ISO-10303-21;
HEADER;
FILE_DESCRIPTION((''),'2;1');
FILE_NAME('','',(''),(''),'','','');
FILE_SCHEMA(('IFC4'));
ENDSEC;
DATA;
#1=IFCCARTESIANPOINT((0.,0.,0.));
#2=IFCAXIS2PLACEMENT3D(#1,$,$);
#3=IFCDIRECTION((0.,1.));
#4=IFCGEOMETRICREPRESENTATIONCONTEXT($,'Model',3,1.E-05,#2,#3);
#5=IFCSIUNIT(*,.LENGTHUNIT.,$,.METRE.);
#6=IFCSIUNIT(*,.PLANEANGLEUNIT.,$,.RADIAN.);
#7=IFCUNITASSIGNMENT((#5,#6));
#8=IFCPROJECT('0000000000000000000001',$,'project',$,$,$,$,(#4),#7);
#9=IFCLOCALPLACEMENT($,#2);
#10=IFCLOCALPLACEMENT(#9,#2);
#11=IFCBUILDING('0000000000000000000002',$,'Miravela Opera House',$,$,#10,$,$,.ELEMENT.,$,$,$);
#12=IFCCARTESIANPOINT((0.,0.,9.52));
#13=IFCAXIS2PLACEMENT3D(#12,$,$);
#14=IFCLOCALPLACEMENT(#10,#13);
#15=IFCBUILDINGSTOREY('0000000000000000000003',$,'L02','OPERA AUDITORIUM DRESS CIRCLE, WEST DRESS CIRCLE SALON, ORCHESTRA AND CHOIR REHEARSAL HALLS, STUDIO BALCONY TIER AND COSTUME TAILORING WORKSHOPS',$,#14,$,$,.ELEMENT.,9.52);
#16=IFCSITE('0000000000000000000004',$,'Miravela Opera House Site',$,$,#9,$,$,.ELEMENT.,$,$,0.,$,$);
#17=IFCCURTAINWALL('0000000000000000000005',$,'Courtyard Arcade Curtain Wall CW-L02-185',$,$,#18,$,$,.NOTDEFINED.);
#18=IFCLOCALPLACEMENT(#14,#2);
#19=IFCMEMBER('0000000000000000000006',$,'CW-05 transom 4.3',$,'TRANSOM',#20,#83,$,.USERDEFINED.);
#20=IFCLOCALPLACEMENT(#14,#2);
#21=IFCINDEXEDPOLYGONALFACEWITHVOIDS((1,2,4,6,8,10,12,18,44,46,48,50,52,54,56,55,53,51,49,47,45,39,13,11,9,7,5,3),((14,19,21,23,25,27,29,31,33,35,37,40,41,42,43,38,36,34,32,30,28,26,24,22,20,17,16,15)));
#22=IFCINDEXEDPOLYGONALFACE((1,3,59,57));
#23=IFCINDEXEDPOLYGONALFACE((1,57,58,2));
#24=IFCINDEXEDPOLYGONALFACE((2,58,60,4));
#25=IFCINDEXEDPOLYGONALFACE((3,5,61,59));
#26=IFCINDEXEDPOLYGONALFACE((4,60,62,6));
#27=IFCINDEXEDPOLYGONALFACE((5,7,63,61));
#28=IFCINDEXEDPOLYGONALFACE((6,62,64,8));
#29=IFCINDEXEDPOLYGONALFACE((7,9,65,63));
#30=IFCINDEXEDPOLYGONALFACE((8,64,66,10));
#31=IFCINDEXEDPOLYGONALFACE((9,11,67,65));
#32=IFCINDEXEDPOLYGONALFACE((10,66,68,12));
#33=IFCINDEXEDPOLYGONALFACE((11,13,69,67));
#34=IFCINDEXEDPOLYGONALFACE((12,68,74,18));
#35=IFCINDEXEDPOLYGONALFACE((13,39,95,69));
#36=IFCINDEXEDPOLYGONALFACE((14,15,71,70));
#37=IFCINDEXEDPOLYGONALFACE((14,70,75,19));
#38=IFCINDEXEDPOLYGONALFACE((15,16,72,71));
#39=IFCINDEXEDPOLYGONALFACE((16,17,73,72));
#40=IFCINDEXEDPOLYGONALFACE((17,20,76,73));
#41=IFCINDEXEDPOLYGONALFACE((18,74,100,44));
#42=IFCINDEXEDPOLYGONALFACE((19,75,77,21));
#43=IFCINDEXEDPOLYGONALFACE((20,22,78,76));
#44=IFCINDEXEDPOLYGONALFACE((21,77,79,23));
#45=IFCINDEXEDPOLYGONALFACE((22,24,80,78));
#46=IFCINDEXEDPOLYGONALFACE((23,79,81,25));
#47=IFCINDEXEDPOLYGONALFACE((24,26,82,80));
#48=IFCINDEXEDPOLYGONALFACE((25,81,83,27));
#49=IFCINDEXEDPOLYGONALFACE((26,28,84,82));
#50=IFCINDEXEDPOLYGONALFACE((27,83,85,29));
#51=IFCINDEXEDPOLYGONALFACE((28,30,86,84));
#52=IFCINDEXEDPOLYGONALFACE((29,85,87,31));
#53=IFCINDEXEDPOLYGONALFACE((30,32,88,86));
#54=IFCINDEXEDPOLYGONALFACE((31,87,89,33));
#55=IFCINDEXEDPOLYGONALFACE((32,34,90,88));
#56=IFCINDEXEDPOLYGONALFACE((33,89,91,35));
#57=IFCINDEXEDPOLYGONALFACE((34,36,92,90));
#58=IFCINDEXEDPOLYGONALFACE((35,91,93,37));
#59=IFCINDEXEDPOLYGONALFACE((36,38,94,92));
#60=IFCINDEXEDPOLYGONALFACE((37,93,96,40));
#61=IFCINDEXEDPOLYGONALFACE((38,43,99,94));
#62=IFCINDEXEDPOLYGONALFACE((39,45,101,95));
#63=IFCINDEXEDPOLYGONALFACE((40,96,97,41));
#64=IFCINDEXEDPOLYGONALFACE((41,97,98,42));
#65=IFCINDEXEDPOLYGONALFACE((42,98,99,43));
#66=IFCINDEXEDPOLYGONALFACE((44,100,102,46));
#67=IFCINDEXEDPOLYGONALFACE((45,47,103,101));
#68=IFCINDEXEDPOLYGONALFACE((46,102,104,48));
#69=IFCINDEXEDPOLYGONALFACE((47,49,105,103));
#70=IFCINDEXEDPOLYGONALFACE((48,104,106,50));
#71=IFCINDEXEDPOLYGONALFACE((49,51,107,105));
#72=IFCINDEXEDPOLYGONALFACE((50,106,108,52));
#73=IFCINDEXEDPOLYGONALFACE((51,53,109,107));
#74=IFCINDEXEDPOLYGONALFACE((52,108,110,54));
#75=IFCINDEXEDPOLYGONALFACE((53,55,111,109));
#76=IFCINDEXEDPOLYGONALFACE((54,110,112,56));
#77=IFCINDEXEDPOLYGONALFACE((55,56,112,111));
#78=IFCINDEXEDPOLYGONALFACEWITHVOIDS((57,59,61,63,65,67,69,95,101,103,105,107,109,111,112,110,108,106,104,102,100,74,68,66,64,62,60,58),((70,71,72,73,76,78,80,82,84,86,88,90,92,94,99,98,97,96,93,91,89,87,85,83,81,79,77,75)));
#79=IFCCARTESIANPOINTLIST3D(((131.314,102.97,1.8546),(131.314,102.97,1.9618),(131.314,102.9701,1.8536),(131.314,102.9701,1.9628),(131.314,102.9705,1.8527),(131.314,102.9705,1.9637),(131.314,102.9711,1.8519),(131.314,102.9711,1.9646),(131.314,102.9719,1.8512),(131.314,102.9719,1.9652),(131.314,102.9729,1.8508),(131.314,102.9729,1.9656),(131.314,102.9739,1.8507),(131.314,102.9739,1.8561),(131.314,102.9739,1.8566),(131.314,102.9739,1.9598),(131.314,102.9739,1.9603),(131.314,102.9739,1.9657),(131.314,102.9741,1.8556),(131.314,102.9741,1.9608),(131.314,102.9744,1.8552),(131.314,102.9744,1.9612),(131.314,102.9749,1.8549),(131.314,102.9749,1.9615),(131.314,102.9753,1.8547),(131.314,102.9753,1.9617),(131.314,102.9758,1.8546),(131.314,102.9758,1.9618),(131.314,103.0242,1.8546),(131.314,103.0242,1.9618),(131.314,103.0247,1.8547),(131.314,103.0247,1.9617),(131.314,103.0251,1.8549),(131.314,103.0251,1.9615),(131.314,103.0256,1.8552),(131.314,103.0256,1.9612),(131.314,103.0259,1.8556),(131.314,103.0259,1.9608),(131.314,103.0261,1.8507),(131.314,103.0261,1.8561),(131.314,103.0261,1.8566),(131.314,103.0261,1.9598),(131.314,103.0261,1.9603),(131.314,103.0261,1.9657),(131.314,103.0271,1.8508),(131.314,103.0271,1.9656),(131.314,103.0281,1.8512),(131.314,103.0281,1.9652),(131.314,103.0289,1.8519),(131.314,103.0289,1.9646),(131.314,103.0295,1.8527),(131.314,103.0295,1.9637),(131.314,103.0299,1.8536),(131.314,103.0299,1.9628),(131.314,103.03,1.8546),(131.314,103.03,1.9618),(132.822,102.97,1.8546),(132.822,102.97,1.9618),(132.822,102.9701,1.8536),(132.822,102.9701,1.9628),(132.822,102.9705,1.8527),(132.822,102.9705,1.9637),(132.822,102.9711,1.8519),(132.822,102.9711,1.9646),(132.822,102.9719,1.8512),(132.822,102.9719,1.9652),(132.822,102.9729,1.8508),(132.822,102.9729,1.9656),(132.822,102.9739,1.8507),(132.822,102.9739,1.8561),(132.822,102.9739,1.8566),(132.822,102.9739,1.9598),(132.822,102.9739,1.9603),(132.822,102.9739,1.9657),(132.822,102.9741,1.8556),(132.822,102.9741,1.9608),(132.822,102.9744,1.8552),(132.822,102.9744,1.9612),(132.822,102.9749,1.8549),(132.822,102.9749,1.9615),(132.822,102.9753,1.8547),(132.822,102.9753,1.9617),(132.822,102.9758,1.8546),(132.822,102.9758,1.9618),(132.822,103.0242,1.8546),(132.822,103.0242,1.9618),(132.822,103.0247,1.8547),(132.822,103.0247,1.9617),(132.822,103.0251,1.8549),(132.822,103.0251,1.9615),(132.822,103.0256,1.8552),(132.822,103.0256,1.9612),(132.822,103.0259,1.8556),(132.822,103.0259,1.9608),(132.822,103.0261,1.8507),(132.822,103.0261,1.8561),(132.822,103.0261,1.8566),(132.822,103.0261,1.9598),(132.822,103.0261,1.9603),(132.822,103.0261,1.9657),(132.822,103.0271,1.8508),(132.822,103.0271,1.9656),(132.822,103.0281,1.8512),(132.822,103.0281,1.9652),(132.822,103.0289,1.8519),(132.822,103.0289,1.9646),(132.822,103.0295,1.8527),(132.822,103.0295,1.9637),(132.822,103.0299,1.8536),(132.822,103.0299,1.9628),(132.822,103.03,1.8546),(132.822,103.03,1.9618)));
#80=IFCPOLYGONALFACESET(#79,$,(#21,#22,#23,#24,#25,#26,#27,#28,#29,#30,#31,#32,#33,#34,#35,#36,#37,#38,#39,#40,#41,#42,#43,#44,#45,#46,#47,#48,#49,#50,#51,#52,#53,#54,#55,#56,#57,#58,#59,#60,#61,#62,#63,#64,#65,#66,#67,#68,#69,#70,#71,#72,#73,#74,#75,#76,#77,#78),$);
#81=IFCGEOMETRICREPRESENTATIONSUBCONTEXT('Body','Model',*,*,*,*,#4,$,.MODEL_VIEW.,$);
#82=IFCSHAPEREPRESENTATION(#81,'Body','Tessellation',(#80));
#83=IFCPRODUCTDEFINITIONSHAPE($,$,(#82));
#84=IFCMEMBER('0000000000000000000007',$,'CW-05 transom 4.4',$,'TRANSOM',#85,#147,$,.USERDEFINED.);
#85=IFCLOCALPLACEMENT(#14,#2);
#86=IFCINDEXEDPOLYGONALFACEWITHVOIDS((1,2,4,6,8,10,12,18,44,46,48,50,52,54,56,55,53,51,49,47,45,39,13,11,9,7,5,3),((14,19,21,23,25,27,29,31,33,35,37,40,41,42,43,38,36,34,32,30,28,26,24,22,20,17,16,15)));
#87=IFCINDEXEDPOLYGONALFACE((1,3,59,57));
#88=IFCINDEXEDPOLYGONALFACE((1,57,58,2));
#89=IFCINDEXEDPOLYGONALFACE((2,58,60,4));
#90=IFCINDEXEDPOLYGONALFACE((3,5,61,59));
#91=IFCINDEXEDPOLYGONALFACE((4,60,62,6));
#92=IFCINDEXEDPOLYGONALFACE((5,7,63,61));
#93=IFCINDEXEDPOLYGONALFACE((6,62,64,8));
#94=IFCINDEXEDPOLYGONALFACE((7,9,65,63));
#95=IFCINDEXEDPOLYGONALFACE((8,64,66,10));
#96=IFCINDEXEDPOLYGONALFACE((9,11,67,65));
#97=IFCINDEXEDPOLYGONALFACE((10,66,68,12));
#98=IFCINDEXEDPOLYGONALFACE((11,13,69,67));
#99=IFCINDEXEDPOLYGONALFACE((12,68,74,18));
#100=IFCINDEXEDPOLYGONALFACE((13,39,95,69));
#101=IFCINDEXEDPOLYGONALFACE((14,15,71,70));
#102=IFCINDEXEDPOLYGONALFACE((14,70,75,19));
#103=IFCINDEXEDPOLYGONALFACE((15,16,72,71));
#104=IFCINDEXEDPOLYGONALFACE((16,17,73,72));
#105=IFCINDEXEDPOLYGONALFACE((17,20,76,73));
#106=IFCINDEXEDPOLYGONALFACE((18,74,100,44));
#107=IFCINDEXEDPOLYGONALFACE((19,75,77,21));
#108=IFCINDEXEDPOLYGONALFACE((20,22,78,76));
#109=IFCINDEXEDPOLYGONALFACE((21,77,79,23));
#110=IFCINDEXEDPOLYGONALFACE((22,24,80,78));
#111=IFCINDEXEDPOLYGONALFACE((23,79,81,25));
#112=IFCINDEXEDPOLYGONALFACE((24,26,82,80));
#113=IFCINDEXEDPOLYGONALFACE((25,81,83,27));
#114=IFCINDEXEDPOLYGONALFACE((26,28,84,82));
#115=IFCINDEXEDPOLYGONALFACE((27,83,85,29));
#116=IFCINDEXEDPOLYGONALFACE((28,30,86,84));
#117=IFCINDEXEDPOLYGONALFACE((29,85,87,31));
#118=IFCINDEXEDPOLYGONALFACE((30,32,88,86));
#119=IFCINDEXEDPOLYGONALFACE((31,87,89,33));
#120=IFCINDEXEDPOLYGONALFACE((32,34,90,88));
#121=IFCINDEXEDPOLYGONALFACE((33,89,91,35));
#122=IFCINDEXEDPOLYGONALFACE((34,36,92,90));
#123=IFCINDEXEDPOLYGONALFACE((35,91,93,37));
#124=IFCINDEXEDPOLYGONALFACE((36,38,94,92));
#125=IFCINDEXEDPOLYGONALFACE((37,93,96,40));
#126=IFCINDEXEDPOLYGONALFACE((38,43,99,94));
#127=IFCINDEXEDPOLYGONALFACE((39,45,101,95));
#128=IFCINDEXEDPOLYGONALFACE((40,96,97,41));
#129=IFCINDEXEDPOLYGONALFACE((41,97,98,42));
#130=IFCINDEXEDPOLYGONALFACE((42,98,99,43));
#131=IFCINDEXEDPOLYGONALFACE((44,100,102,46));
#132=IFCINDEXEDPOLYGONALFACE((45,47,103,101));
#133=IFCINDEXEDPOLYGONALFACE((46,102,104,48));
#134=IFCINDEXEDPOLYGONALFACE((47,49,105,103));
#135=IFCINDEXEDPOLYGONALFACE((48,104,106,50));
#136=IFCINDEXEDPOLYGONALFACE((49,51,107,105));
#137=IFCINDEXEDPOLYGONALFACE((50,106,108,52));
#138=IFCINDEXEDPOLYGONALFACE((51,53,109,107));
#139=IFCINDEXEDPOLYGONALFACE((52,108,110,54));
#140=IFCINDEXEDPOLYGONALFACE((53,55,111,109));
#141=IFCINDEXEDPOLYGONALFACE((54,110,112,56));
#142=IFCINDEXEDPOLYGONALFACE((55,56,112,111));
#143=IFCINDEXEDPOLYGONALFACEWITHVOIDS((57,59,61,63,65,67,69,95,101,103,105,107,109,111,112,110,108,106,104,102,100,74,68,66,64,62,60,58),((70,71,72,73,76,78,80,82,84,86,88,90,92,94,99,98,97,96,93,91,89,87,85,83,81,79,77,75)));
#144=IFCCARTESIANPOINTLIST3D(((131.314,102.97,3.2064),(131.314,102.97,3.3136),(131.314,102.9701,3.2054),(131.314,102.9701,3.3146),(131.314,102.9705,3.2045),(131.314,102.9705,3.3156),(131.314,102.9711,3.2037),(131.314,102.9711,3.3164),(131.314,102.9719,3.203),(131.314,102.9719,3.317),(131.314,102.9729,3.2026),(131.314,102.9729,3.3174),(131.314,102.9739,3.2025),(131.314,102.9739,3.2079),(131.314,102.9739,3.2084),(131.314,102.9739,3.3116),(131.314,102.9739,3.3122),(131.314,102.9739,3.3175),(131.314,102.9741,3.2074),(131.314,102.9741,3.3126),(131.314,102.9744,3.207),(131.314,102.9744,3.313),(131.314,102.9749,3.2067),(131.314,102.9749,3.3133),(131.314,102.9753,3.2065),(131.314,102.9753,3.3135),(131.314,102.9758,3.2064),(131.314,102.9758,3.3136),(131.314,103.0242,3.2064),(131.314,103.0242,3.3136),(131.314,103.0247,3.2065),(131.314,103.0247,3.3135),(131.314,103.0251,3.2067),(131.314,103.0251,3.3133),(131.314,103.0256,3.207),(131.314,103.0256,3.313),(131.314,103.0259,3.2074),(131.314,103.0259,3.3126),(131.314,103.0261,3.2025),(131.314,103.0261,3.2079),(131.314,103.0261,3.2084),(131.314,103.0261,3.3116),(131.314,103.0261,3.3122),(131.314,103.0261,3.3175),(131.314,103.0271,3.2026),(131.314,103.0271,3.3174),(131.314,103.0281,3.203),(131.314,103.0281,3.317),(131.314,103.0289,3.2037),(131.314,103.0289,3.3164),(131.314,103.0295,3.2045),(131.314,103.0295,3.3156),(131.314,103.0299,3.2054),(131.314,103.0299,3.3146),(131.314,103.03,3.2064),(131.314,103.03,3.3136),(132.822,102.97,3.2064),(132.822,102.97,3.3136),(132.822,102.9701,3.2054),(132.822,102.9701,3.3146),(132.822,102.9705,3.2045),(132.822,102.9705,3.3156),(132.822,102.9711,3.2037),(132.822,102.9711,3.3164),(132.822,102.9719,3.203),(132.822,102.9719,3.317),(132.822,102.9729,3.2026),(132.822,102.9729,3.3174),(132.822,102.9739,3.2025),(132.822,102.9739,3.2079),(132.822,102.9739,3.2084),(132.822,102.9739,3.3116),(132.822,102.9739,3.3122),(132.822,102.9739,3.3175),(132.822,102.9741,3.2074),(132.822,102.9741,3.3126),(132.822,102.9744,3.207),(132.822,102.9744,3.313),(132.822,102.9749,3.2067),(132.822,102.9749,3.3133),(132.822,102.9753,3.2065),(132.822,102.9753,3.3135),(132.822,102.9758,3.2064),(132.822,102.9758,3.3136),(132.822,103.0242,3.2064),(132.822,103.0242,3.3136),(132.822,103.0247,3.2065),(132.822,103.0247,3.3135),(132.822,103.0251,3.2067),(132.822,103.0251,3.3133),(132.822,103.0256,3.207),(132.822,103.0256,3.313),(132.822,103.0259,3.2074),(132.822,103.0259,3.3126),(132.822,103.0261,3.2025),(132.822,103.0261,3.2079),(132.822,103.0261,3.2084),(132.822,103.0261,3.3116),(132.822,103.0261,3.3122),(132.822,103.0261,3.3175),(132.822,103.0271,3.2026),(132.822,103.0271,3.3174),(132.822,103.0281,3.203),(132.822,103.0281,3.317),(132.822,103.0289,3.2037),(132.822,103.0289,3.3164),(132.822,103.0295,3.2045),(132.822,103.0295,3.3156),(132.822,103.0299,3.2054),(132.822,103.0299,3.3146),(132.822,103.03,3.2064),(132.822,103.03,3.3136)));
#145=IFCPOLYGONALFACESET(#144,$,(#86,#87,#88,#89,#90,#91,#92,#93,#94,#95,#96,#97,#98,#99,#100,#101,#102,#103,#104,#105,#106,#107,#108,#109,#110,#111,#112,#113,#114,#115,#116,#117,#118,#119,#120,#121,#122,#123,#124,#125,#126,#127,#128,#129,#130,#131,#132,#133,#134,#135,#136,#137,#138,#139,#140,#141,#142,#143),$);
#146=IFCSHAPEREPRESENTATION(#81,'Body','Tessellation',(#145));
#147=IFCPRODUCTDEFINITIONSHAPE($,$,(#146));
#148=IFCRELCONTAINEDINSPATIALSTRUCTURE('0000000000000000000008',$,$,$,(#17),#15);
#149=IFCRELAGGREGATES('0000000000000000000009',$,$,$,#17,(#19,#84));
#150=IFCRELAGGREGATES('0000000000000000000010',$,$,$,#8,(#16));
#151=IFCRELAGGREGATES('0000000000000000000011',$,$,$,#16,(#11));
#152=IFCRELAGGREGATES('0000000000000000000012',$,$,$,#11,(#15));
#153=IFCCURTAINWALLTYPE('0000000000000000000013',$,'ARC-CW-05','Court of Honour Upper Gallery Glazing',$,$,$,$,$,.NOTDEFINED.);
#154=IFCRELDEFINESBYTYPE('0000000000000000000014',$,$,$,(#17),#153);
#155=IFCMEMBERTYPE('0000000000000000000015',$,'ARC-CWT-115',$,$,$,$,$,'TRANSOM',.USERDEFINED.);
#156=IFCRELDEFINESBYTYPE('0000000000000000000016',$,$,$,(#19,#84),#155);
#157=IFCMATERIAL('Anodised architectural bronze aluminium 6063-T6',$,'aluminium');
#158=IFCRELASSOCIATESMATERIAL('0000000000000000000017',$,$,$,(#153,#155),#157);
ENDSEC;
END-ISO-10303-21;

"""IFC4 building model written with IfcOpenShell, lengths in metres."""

from ifc_helpers import new_model, si_unit, direction, frame, origin, origin_2d, place, context, subcontext, project, spatial, hollow_rectangle, extrude, material, material_profile, profile_set, type_object, element, aggregate, save


model = new_model("IFC4")

# Units and contexts
model_context = context("Model", 3, precision=1e-05, world=origin(), true_north=direction((0.0, 1.0)))
body_context = subcontext(model_context, "Body", "Model", "MODEL_VIEW")
ifc_project = project(units=[si_unit("LENGTHUNIT", "METRE"), si_unit("PLANEANGLEUNIT", "RADIAN")], contexts=[model_context])

# Site, building, storey
site_placement = place(None, origin())
site = spatial("IfcSite", under=ifc_project, at=site_placement, Name="Miravela Opera House Site", CompositionType="ELEMENT", RefElevation=0.0)
building_placement = place(site_placement, origin())
building = spatial("IfcBuilding", under=site, at=building_placement, Name="Miravela Opera House", CompositionType="ELEMENT")
storey_placement = place(building_placement, frame((0.0, 0.0, 9.52)))
storey = spatial("IfcBuildingStorey", under=building, at=storey_placement, Name="L02", Description="OPERA AUDITORIUM DRESS CIRCLE, WEST DRESS CIRCLE SALON, ORCHESTRA AND CHOIR REHEARSAL HALLS, STUDIO BALCONY TIER AND COSTUME TAILORING WORKSHOPS", CompositionType="ELEMENT", Elevation=9.52)

# Curtain wall, members
ifc_material_1 = material(Name="Anodised architectural bronze aluminium 6063-T6", Category="aluminium")
curtain_wall_type = type_object("IfcCurtainWallType", Name="ARC-CW-05", Description="Court of Honour Upper Gallery Glazing", PredefinedType="NOTDEFINED", material=ifc_material_1)
curtain_wall_placement = place(storey_placement, origin())
curtain_wall = element("IfcCurtainWall", 1, at=curtain_wall_placement, inside=storey, type_object=curtain_wall_type, Name="Courtyard Arcade Curtain Wall CW-L02-185", PredefinedType="NOTDEFINED")
ifc_material_profile_1 = material_profile(ifc_material_1, hollow_rectangle(XDim=0.0601, YDim=0.115, WallThickness=0.0039, InnerFilletRadius=0.002, OuterFilletRadius=0.0039, at=origin_2d()), Name="CWT-60X115")
ifc_profile_set_1 = profile_set([ifc_material_profile_1])
member_type_1 = type_object("IfcMemberType", Name="ARC-CWT-115", ElementType="TRANSOM", PredefinedType="USERDEFINED", material=ifc_profile_set_1)
member_1_placement = place(storey_placement, frame((131.314, 103.0, 1.9082), z_axis=(1.0, 0.0, 0.0), x_axis=(0.0, 1.0, 0.0)))
member_1 = element("IfcMember", 2, at=member_1_placement, type_object=member_type_1, Name="CW-05 transom 4.3", ObjectType="TRANSOM", PredefinedType="USERDEFINED", context=body_context, shape_type="SweptSolid", body=[
    extrude(hollow_rectangle(XDim=0.0601, YDim=0.115, WallThickness=0.0039, InnerFilletRadius=0.002, OuterFilletRadius=0.0039, at=origin_2d()), origin(), (0.0, 0.0, 1.0), 1.5081),
])
member_2_placement = place(storey_placement, frame((131.314, 103.0, 3.26), z_axis=(1.0, 0.0, 0.0), x_axis=(0.0, 1.0, 0.0)))
member_2 = element("IfcMember", 3, at=member_2_placement, type_object=member_type_1, Name="CW-05 transom 4.4", ObjectType="TRANSOM", PredefinedType="USERDEFINED", context=body_context, shape_type="SweptSolid", body=[
    extrude(hollow_rectangle(XDim=0.0601, YDim=0.115, WallThickness=0.0039, InnerFilletRadius=0.002, OuterFilletRadius=0.0039, at=origin_2d()), origin(), (0.0, 0.0, 1.0), 1.5081),
])

aggregate(curtain_wall, [member_1, member_2])

save(model, "model.ifc")
